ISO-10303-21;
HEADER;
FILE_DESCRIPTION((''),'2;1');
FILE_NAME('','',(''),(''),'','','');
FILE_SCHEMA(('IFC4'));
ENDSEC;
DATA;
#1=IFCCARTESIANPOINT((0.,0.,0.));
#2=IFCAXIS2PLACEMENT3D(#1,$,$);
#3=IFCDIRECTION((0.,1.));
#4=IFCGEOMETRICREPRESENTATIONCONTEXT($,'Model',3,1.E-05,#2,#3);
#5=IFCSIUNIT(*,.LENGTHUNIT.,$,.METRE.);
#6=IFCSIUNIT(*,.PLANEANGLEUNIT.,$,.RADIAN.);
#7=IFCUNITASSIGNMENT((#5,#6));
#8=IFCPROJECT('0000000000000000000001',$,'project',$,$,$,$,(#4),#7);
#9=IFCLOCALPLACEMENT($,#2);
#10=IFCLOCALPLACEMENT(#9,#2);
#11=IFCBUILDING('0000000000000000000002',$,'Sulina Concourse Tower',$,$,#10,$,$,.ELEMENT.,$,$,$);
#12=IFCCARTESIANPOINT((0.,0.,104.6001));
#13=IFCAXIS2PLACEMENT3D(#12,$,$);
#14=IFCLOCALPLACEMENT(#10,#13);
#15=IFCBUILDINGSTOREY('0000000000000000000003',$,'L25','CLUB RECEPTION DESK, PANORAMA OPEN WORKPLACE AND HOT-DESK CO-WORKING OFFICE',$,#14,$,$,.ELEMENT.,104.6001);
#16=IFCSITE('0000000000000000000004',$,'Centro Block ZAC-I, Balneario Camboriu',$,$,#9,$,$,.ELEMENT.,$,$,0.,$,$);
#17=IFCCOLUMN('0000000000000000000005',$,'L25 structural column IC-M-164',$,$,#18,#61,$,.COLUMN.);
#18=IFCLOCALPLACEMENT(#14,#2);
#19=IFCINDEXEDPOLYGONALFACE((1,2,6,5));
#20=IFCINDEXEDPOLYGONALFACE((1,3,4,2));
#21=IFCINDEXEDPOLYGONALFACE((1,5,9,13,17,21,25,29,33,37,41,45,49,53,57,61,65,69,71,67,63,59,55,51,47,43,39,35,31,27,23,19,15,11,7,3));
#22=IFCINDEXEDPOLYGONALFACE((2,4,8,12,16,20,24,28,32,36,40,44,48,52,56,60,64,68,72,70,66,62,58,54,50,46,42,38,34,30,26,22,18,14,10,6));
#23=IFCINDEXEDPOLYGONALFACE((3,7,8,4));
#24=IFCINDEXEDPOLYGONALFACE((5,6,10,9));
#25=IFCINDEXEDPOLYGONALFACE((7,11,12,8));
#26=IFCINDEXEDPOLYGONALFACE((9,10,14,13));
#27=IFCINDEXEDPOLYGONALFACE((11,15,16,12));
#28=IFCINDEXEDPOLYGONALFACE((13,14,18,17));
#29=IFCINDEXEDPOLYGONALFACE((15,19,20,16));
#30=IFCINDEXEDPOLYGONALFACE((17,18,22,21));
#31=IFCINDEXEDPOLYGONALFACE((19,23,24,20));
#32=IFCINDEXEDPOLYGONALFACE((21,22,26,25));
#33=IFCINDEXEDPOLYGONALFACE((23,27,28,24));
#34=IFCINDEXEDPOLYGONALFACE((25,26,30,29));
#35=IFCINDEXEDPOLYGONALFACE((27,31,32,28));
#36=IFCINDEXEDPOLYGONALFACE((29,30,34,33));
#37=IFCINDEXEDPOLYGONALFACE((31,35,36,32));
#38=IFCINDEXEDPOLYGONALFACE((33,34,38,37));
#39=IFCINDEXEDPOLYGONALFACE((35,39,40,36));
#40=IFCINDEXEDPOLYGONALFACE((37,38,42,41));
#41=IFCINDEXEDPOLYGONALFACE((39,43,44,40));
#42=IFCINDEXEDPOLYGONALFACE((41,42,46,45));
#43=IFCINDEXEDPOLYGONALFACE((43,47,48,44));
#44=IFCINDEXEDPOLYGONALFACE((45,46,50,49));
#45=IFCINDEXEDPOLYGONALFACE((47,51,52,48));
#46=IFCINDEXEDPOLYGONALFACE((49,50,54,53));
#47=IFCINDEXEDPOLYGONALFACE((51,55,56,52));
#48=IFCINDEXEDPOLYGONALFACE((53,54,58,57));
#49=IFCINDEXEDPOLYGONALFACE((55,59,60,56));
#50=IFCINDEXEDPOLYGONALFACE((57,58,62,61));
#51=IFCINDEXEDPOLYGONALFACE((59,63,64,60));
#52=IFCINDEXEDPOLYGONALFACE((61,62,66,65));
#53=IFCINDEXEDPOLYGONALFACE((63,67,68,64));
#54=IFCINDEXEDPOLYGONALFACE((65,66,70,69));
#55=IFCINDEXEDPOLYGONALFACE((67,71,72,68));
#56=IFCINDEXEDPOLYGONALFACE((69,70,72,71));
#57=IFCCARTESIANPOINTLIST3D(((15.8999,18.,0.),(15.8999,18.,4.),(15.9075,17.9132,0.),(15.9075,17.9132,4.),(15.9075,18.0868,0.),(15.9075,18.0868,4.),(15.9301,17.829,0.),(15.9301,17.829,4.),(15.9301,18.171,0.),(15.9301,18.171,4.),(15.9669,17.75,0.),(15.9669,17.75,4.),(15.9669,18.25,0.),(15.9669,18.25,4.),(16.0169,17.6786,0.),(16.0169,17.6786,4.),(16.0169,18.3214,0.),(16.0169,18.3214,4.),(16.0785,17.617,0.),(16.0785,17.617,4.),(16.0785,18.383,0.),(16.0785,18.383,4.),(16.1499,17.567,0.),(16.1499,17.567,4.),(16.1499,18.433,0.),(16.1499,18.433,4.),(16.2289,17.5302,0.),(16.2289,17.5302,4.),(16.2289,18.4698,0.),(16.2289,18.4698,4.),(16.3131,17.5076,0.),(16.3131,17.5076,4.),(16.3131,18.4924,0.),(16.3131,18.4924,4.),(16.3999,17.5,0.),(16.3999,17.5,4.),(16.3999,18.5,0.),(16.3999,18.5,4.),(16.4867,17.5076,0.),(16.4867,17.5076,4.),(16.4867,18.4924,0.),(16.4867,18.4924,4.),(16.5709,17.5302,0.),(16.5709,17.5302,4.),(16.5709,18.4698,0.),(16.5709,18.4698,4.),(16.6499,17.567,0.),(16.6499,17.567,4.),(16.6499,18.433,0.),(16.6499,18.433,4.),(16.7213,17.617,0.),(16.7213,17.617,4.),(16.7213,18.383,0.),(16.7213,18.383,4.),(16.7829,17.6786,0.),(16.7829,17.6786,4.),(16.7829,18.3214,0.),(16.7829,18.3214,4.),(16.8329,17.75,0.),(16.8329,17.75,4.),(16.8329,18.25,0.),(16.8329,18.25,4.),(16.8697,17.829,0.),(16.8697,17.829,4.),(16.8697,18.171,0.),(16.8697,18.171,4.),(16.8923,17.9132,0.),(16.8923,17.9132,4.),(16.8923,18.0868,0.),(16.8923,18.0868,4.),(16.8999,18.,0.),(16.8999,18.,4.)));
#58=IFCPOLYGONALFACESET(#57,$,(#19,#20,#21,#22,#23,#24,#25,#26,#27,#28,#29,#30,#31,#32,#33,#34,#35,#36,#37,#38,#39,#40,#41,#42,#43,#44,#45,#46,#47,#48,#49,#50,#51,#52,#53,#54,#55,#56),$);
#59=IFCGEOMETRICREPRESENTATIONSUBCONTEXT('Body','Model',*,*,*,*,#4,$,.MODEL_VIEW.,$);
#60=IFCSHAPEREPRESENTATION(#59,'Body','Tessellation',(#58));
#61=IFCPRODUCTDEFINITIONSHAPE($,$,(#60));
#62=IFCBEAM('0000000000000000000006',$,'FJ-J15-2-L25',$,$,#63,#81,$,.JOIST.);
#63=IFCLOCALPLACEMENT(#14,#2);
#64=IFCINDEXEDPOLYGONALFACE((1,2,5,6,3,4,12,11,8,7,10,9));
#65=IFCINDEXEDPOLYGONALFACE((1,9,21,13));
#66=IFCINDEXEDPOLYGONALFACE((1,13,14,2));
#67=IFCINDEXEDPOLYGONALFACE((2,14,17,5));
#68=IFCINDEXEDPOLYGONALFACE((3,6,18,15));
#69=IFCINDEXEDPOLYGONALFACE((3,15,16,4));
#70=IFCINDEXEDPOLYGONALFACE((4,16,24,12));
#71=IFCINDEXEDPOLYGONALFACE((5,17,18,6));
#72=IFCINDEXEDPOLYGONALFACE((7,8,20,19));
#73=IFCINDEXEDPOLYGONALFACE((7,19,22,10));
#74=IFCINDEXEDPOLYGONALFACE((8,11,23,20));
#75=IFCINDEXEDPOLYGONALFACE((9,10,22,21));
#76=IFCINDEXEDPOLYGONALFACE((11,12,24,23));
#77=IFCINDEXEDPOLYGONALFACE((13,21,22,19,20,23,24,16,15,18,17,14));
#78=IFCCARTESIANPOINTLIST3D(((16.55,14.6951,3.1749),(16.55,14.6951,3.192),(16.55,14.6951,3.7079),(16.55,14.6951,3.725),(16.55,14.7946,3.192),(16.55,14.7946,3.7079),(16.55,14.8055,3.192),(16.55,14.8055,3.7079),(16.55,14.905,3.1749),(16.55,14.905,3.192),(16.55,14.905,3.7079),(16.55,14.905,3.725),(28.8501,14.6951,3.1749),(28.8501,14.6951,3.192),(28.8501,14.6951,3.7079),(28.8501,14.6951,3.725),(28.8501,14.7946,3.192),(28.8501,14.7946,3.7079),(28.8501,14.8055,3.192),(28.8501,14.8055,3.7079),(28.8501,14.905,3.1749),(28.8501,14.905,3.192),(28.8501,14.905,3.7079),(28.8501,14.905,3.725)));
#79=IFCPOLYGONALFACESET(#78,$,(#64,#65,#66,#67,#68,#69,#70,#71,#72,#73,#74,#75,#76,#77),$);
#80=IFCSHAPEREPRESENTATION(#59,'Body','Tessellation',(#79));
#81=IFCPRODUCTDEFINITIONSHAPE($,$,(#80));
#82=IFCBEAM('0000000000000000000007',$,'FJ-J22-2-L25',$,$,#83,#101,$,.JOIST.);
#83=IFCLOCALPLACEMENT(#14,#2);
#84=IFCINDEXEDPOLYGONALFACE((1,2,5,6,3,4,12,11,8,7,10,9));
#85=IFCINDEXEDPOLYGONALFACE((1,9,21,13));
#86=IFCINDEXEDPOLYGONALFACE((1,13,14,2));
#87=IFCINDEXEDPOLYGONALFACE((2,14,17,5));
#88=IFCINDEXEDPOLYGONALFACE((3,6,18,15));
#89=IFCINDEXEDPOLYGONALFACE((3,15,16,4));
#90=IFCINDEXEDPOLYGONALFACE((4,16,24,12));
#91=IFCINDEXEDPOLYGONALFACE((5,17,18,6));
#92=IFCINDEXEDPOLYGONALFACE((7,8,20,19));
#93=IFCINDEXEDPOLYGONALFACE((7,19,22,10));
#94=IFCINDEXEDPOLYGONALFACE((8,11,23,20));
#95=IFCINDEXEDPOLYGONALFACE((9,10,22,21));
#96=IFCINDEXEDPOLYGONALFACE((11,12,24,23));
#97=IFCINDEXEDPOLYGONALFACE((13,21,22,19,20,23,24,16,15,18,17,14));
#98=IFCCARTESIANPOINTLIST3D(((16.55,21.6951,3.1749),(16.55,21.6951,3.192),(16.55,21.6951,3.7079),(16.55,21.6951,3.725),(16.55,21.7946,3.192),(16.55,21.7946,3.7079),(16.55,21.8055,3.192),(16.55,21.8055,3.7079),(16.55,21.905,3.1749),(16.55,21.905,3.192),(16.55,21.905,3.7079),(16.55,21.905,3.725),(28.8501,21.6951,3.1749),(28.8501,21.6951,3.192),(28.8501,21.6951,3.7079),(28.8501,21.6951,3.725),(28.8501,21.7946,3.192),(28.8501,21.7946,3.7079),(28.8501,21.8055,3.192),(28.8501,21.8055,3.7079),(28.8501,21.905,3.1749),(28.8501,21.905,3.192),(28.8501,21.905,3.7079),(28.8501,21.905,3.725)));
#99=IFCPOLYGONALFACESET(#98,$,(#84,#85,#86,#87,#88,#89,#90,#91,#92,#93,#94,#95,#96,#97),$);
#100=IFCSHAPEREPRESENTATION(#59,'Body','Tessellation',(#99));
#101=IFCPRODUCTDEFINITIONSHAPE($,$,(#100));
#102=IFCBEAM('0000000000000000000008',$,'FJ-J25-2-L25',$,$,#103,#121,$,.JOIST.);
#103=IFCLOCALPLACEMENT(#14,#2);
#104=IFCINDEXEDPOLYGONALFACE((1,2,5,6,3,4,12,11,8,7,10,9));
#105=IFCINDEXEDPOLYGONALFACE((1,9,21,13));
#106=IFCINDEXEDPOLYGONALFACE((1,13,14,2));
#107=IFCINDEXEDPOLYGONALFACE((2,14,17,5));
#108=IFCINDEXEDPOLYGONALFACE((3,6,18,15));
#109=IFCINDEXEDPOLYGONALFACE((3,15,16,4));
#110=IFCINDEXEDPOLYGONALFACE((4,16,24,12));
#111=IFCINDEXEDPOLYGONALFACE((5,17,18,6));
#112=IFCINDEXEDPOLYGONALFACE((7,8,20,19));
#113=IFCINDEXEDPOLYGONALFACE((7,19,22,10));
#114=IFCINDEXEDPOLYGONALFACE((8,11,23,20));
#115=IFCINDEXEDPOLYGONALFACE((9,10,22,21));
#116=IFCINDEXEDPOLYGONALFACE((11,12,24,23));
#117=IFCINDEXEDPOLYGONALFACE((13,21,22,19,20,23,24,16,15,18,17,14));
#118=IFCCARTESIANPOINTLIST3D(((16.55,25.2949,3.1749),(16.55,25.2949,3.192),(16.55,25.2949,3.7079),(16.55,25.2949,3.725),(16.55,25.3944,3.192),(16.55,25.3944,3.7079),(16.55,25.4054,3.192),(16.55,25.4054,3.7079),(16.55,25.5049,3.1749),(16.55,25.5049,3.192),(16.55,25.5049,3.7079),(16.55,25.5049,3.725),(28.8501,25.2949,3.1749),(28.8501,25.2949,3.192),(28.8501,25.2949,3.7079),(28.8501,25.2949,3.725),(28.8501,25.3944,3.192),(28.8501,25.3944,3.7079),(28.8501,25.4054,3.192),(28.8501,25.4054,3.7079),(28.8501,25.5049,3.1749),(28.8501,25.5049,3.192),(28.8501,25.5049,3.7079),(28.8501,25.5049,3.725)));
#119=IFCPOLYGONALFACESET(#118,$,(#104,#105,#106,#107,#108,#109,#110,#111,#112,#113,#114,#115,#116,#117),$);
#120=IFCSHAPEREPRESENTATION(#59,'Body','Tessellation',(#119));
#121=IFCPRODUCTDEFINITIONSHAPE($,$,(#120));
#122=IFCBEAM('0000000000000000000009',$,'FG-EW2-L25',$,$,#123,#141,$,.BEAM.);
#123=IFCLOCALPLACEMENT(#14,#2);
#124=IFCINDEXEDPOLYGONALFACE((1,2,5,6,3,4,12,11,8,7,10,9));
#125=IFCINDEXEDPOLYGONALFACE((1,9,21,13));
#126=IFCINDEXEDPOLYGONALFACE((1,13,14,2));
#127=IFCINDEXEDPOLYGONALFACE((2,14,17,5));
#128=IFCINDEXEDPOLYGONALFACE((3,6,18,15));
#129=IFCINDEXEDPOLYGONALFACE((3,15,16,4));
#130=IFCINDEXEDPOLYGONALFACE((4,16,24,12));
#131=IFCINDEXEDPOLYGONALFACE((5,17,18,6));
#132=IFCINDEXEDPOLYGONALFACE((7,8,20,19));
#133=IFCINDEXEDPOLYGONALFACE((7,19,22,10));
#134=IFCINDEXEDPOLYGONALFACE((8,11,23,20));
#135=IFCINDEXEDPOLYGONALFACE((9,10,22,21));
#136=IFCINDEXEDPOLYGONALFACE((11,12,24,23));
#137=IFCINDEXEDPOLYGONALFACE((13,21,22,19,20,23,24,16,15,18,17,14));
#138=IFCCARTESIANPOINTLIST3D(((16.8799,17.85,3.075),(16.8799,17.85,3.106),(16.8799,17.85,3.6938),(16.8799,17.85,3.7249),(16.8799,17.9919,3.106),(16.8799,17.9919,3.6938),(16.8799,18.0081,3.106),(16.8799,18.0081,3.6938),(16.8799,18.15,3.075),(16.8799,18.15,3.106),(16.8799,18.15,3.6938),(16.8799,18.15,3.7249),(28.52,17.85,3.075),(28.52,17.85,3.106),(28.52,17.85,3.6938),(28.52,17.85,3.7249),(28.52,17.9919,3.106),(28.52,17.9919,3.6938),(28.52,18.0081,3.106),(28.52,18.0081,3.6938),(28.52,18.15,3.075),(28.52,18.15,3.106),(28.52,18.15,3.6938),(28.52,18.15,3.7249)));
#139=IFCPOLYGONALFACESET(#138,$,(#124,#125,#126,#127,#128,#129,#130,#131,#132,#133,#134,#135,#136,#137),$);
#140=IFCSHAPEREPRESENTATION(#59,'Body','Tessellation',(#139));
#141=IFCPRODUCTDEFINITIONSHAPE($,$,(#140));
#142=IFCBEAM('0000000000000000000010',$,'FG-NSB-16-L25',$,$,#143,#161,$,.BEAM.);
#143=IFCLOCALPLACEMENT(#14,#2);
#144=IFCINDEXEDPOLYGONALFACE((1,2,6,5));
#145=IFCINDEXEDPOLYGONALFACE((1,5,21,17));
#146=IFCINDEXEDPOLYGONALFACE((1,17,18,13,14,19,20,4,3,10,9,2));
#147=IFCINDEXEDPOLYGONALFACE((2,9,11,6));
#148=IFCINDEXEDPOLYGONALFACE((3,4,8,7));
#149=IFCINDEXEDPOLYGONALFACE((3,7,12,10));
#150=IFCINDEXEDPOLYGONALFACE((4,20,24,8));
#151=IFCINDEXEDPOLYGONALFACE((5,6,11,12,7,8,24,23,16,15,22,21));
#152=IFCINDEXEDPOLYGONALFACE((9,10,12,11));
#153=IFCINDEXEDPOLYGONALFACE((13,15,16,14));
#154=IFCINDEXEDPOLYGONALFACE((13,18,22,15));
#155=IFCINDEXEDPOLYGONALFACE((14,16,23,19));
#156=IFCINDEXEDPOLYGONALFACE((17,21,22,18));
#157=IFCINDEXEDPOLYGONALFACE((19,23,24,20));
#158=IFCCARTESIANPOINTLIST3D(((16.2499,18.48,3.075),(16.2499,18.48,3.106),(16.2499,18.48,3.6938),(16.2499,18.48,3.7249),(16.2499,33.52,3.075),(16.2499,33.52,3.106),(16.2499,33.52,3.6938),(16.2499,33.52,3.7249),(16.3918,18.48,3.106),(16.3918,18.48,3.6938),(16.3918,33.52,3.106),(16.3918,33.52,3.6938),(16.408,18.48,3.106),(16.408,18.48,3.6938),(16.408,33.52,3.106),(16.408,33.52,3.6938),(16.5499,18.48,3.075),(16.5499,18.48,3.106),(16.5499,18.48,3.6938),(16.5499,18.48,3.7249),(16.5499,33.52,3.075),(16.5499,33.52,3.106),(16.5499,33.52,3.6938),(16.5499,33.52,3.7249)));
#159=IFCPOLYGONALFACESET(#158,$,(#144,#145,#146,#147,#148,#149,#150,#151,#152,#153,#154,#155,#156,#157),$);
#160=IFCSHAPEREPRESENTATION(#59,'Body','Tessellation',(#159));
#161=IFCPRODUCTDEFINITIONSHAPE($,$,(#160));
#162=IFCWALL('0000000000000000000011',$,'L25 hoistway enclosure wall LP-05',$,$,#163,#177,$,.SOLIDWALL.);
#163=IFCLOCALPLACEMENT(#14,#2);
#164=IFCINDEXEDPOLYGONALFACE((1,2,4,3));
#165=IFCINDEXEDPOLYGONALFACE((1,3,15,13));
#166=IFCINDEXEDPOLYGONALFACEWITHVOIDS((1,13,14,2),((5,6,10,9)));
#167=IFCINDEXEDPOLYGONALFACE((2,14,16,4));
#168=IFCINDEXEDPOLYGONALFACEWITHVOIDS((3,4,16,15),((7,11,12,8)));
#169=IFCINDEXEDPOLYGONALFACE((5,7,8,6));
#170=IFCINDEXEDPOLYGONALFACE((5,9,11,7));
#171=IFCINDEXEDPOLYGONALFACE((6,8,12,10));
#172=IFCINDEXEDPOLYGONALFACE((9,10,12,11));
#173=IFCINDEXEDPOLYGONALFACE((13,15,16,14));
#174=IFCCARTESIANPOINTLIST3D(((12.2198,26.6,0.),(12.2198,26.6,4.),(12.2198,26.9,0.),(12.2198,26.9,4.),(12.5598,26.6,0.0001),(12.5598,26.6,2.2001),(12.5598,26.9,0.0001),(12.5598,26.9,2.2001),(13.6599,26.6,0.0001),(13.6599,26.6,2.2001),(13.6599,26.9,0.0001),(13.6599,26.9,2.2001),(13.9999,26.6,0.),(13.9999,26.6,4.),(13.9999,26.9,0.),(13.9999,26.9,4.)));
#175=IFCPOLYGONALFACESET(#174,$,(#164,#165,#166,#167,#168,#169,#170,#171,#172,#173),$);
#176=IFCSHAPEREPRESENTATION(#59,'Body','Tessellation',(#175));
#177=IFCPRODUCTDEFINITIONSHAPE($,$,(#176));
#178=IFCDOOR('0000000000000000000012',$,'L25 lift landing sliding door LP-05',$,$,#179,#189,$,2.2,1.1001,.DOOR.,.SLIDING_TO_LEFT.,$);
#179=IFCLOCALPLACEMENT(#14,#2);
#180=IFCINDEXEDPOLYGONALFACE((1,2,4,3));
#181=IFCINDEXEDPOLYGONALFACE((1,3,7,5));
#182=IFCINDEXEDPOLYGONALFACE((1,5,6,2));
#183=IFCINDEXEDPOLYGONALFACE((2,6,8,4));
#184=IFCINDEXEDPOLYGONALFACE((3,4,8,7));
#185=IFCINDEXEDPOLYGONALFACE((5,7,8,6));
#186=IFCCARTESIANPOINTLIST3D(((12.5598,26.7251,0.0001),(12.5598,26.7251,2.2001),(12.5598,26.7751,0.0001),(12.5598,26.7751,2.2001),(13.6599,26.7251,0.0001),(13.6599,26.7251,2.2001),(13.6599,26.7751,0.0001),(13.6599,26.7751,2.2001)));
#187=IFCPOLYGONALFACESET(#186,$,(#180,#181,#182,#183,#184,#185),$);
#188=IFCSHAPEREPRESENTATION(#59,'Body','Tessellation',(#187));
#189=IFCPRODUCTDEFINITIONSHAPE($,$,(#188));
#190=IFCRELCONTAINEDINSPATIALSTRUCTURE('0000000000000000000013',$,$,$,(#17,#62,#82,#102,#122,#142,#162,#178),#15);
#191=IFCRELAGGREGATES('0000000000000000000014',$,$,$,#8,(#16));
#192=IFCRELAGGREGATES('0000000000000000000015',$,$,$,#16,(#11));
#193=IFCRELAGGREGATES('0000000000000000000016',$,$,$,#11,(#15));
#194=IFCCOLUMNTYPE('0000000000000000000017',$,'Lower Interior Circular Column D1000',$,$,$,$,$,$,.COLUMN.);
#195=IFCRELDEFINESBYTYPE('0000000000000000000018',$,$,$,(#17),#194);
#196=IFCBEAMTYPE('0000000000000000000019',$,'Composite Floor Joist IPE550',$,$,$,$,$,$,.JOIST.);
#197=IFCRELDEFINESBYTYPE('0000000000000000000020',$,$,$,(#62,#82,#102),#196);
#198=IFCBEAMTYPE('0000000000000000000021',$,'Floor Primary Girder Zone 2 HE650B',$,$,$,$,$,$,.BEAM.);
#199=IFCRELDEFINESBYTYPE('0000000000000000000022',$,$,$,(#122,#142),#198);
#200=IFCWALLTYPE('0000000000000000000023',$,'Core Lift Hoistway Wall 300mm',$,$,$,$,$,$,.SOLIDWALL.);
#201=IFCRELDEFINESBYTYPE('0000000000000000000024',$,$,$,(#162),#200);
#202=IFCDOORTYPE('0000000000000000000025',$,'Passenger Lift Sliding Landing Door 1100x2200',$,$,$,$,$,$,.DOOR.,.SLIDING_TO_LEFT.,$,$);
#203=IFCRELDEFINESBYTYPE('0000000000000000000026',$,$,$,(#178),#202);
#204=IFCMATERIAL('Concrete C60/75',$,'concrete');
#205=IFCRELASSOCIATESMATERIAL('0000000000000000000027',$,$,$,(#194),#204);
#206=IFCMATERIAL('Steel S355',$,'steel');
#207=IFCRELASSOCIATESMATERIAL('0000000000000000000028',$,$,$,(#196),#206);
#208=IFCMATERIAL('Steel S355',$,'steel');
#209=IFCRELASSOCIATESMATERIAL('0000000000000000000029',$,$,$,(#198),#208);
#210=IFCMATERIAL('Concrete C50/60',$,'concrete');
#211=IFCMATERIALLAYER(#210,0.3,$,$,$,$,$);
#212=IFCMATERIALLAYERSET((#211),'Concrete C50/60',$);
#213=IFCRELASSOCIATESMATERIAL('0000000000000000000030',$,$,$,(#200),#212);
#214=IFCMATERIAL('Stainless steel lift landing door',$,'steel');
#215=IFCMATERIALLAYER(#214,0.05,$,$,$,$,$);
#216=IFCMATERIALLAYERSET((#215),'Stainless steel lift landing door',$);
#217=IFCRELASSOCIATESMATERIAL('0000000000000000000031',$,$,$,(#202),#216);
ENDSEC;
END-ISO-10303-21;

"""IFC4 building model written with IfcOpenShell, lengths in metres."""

from ifc_helpers import new_model, si_unit, direction, frame, frame_2d, origin, origin_2d, place, context, subcontext, project, spatial, rectangle, circle, i_section, extrude, material, layer, layer_set, material_profile, profile_set, type_object, element, fill, save


model = new_model("IFC4")

# Units and contexts
model_context = context("Model", 3, precision=1e-05, world=origin(), true_north=direction((0.0, 1.0)))
body_context = subcontext(model_context, "Body", "Model", "MODEL_VIEW")
ifc_project = project(units=[si_unit("LENGTHUNIT", "METRE"), si_unit("PLANEANGLEUNIT", "RADIAN")], contexts=[model_context])

# Site, building, storey
site_placement = place(None, origin())
site = spatial("IfcSite", under=ifc_project, at=site_placement, Name="Centro Block ZAC-I, Balneario Camboriu", CompositionType="ELEMENT", RefElevation=0.0)
building_placement = place(site_placement, origin())
building = spatial("IfcBuilding", under=site, at=building_placement, Name="Sulina Concourse Tower", CompositionType="ELEMENT")
storey_placement = place(building_placement, frame((0.0, 0.0, 104.6001)))
storey = spatial("IfcBuildingStorey", under=building, at=storey_placement, Name="L25", Description="CLUB RECEPTION DESK, PANORAMA OPEN WORKPLACE AND HOT-DESK CO-WORKING OFFICE", CompositionType="ELEMENT", Elevation=104.6001)

# Column
ifc_material_1 = material(Name="Concrete C60/75", Category="concrete")
ifc_material_profile_1 = material_profile(ifc_material_1, circle(Radius=0.5, at=origin_2d()), Name="RC D1000")
ifc_profile_set_1 = profile_set([ifc_material_profile_1], Name="Concrete C60/75")
column_type = type_object("IfcColumnType", Name="Lower Interior Circular Column D1000", PredefinedType="COLUMN", material=ifc_profile_set_1)
column_placement = place(storey_placement, frame((16.3999, 18.0, 0.0), z_axis=(0.0, 0.0, 1.0), x_axis=(1.0, 0.0, 0.0)))
element("IfcColumn", 1, at=column_placement, inside=storey, type_object=column_type, Name="L25 structural column IC-M-164", PredefinedType="COLUMN", context=body_context, shape_type="SweptSolid", body=[
    extrude(circle(Radius=0.5, at=origin_2d()), origin(), (0.0, 0.0, 1.0), 4.0),
])

# Beams
ifc_material_2 = material(Name="Steel S355", Category="steel")
ifc_material_profile_2 = material_profile(ifc_material_2, i_section(OverallWidth=0.21, OverallDepth=0.55, WebThickness=0.011, FlangeThickness=0.0171, at=origin_2d()), Name="IPE 550")
ifc_profile_set_2 = profile_set([ifc_material_profile_2], Name="Steel S355")
beam_type_1 = type_object("IfcBeamType", Name="Composite Floor Joist IPE550", PredefinedType="JOIST", material=ifc_profile_set_2)
for number, where, z_axis, x_axis, name in (
    (2, (16.55, 14.8, 3.45), (1.0, 0.0, 0.0), (0.0, 1.0, 0.0), "FJ-J15-2-L25"),
    (3, (16.55, 21.8, 3.45), (1.0, 0.0, 0.0), (0.0, 1.0, 0.0), "FJ-J22-2-L25"),
    (4, (16.55, 25.3999, 3.45), (1.0, 0.0, 0.0), (0.0, 1.0, 0.0), "FJ-J25-2-L25"),
):
    element("IfcBeam", number, at=place(storey_placement, frame(where, z_axis=z_axis, x_axis=x_axis)), inside=storey, type_object=beam_type_1, Name=name, PredefinedType="JOIST", context=body_context, shape_type="SweptSolid", body=[
        extrude(i_section(OverallWidth=0.21, OverallDepth=0.55, WebThickness=0.011, FlangeThickness=0.0171, at=origin_2d()), origin(), (0.0, 0.0, 1.0), 12.3),
    ])
ifc_material_3 = material(Name="Steel S355", Category="steel")
ifc_material_profile_3 = material_profile(ifc_material_3, i_section(OverallWidth=0.3, OverallDepth=0.6499, WebThickness=0.0161, FlangeThickness=0.031, at=origin_2d()), Name="HE 650 B")
ifc_profile_set_3 = profile_set([ifc_material_profile_3], Name="Steel S355")
beam_type_2 = type_object("IfcBeamType", Name="Floor Primary Girder Zone 2 HE650B", PredefinedType="BEAM", material=ifc_profile_set_3)
beam_1_placement = place(storey_placement, frame((16.8799, 18.0, 3.3999), z_axis=(1.0, 0.0, 0.0), x_axis=(0.0, 1.0, 0.0)))
element("IfcBeam", 5, at=beam_1_placement, inside=storey, type_object=beam_type_2, Name="FG-EW2-L25", PredefinedType="BEAM", context=body_context, shape_type="SweptSolid", body=[
    extrude(i_section(OverallWidth=0.3, OverallDepth=0.6499, WebThickness=0.0161, FlangeThickness=0.031, at=origin_2d()), origin(), (0.0, 0.0, 1.0), 11.6401),
])
beam_2_placement = place(storey_placement, frame((16.3999, 18.48, 3.3999), z_axis=(0.0, 1.0, 0.0), x_axis=(-1.0, 0.0, 0.0)))
element("IfcBeam", 6, at=beam_2_placement, inside=storey, type_object=beam_type_2, Name="FG-NSB-16-L25", PredefinedType="BEAM", context=body_context, shape_type="SweptSolid", body=[
    extrude(i_section(OverallWidth=0.3, OverallDepth=0.6499, WebThickness=0.0161, FlangeThickness=0.031, at=origin_2d()), origin(), (0.0, 0.0, 1.0), 15.04),
])

# Wall, opening, door
ifc_material_4 = material(Name="Concrete C50/60", Category="concrete")
ifc_layer_1 = layer(ifc_material_4, 0.3)
ifc_layer_set_1 = layer_set([ifc_layer_1], Name="Concrete C50/60")
wall_type_1 = type_object("IfcWallType", Name="Core Lift Hoistway Wall 300mm", PredefinedType="SOLIDWALL", material=ifc_layer_set_1)
wall_1_placement = place(storey_placement, frame((14.0, 26.75, 0.0), z_axis=(0.0, 0.0, 1.0), x_axis=(-1.0, 0.0, 0.0)))
wall_1 = element("IfcWall", 7, at=wall_1_placement, inside=storey, type_object=wall_type_1, Name="L25 hoistway enclosure wall LP-05", PredefinedType="SOLIDWALL", context=body_context, shape_type="SweptSolid", body=[
    extrude(rectangle(XDim=1.78, YDim=0.3, at=frame_2d((0.8901, 0.0))), origin(), (0.0, 0.0, 1.0), 4.0),
])
opening_1_placement = place(wall_1_placement, frame((0.3401, 0.0, 0.0)))
opening_1 = element("IfcOpeningElement", 8, at=opening_1_placement, cuts=wall_1, PredefinedType="OPENING", context=body_context, shape_type="SweptSolid", body=[
    extrude(rectangle(XDim=1.1001, YDim=2.2, at=frame_2d((0.55, 1.1001))), frame((0.0, 0.1599, 0.0), z_axis=(0.0, -1.0, 0.0), x_axis=(1.0, 0.0, 0.0)), (0.0, 0.0, 1.0), 0.3201),
])
ifc_material_5 = material(Name="Stainless steel lift landing door", Category="steel")
ifc_layer_2 = layer(ifc_material_5, 0.05)
ifc_layer_set_2 = layer_set([ifc_layer_2], Name="Stainless steel lift landing door")
door_type_1 = type_object("IfcDoorType", Name="Passenger Lift Sliding Landing Door 1100x2200", OperationType="SLIDING_TO_LEFT", PredefinedType="DOOR", material=ifc_layer_set_2)
door_1_placement = place(opening_1_placement, origin())
door_1 = element("IfcDoor", 9, at=door_1_placement, inside=storey, type_object=door_type_1, Name="L25 lift landing sliding door LP-05", OperationType="SLIDING_TO_LEFT", OverallHeight=2.2, OverallWidth=1.1001, PredefinedType="DOOR", context=body_context, shape_type="SweptSolid", body=[
    extrude(rectangle(XDim=1.1001, YDim=2.2, at=frame_2d((0.55, 1.1001))), frame((0.0, 0.0249, 0.0), z_axis=(0.0, -1.0, 0.0), x_axis=(1.0, 0.0, 0.0)), (0.0, 0.0, 1.0), 0.05),
])
fill(opening_1, door_1)

save(model, "model.ifc")
